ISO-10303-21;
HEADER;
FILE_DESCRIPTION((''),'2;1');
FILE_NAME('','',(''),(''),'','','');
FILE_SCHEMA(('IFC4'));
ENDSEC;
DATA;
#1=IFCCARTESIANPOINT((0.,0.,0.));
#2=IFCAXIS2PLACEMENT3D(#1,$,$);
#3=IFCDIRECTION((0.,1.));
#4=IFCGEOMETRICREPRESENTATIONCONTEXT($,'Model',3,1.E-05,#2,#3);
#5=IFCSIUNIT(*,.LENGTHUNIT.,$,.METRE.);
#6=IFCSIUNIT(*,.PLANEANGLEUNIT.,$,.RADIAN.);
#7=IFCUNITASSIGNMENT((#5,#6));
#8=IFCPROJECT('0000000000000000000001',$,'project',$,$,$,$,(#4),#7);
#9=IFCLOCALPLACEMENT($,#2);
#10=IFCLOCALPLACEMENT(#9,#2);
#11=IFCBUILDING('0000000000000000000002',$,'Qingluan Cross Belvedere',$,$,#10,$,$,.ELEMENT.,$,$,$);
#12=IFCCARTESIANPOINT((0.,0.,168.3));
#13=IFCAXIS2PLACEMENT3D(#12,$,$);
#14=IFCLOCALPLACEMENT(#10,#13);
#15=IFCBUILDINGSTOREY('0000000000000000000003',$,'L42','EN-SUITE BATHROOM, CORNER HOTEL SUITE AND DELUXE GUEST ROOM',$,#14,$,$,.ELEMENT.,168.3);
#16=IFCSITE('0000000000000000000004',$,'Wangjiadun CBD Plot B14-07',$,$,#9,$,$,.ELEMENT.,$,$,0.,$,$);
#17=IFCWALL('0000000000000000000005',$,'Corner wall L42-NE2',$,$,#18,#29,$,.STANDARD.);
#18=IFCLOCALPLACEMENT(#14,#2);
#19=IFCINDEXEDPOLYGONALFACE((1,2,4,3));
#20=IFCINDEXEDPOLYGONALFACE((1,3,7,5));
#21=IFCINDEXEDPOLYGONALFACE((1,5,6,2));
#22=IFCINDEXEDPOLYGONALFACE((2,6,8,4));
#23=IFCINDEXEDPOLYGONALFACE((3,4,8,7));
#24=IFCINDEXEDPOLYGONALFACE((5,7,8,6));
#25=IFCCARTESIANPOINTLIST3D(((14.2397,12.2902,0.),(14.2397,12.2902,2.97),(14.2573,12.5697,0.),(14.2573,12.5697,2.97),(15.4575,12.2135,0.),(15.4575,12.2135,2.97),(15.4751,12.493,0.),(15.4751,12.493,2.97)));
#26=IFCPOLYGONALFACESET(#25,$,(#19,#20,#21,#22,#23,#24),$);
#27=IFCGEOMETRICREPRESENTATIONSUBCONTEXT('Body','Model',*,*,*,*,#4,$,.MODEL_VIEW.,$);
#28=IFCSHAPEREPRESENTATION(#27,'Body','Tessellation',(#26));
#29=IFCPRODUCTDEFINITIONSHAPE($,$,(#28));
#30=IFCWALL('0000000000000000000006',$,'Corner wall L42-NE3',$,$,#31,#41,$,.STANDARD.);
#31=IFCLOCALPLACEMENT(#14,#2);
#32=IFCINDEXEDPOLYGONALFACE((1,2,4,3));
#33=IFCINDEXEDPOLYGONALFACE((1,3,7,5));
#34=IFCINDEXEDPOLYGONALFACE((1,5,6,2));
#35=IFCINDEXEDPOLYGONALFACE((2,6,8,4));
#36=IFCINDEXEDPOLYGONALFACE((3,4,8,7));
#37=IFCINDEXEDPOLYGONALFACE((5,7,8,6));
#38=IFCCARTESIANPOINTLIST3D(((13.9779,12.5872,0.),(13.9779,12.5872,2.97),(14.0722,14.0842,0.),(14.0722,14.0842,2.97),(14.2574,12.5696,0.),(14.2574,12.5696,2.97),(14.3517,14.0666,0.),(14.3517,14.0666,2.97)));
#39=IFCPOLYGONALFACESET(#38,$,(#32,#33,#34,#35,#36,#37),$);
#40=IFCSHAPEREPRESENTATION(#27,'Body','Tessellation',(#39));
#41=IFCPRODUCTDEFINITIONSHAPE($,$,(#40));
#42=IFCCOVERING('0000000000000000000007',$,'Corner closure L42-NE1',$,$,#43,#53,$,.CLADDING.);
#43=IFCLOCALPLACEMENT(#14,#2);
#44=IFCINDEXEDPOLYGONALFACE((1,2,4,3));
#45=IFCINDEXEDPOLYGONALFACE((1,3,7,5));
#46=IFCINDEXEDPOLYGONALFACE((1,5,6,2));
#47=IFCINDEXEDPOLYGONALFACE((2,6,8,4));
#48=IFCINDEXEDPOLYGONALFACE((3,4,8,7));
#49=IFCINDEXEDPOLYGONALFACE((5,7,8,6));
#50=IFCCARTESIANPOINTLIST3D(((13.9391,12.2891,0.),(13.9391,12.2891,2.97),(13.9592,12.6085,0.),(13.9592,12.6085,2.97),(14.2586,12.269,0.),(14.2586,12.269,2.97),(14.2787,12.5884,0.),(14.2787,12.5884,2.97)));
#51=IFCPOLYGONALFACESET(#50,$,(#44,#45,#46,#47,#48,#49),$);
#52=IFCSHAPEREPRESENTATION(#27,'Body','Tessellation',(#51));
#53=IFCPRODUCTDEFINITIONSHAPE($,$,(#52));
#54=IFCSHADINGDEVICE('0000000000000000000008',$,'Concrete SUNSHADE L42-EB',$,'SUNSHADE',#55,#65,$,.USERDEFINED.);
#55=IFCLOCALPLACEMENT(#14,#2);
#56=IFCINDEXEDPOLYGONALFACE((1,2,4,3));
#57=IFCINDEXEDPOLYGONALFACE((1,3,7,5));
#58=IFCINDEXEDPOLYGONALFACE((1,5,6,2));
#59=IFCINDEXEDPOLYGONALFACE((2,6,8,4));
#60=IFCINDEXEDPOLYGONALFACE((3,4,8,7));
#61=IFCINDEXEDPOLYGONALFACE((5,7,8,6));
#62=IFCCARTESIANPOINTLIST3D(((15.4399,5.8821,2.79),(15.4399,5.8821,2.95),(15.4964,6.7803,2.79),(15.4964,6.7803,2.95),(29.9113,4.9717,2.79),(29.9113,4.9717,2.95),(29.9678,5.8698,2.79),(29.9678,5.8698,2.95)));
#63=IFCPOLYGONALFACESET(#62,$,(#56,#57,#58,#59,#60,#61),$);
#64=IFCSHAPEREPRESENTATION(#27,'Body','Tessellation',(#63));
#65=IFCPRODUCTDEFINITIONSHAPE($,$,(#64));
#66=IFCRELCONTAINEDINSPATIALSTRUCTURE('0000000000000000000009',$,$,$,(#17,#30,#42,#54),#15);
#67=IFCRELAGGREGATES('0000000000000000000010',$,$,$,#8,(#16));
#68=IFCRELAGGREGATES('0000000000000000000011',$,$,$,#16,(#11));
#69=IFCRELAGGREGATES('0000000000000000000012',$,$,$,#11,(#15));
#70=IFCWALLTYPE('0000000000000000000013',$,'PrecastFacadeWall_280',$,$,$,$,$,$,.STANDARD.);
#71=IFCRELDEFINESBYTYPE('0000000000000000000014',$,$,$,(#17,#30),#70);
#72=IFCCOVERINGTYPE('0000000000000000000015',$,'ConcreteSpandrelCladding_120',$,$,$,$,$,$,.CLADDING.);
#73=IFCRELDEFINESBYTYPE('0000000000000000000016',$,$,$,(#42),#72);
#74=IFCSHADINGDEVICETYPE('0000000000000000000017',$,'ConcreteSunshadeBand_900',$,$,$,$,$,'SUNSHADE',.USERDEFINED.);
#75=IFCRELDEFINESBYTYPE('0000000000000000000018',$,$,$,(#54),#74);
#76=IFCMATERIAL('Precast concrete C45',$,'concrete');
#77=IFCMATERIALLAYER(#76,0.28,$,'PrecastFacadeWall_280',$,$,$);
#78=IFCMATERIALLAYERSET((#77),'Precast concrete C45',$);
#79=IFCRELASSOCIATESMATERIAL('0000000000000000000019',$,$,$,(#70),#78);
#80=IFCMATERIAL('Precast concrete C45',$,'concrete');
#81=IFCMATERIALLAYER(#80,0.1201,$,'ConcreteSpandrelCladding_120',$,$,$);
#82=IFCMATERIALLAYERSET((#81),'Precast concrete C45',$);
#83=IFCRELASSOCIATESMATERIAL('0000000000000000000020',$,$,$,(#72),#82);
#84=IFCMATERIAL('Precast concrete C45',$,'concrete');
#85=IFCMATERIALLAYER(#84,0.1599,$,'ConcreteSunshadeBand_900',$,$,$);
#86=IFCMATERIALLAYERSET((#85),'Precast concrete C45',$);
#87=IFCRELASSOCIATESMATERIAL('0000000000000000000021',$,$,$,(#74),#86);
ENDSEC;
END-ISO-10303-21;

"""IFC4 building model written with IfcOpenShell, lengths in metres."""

from ifc_helpers import new_model, si_unit, direction, frame, frame_2d, origin, origin_2d, place, context, subcontext, project, spatial, rectangle, extrude, material, layer, layer_set, type_object, element, save


model = new_model("IFC4")

# Units and contexts
model_context = context("Model", 3, precision=1e-05, world=origin(), true_north=direction((0.0, 1.0)))
body_context = subcontext(model_context, "Body", "Model", "MODEL_VIEW")
ifc_project = project(units=[si_unit("LENGTHUNIT", "METRE"), si_unit("PLANEANGLEUNIT", "RADIAN")], contexts=[model_context])

# Site, building, storey
site_placement = place(None, origin())
site = spatial("IfcSite", under=ifc_project, at=site_placement, Name="Wangjiadun CBD Plot B14-07", CompositionType="ELEMENT", RefElevation=0.0)
building_placement = place(site_placement, origin())
building = spatial("IfcBuilding", under=site, at=building_placement, Name="Qingluan Cross Belvedere", CompositionType="ELEMENT")
storey_placement = place(building_placement, frame((0.0, 0.0, 168.3)))
storey = spatial("IfcBuildingStorey", under=building, at=storey_placement, Name="L42", Description="EN-SUITE BATHROOM, CORNER HOTEL SUITE AND DELUXE GUEST ROOM", CompositionType="ELEMENT", Elevation=168.3)

# Shared definitions
ifc_material_1 = material(Name="Precast concrete C45", Category="concrete")
ifc_layer_1 = layer(ifc_material_1, 0.28, Name="PrecastFacadeWall_280")
ifc_layer_set_1 = layer_set([ifc_layer_1], Name="Precast concrete C45")
wall_type_1 = type_object("IfcWallType", Name="PrecastFacadeWall_280", PredefinedType="STANDARD", material=ifc_layer_set_1)

# Walls
wall_1_placement = place(storey_placement, frame((15.4663, 12.3533, 0.0), z_axis=(0.0, 0.0, 1.0), x_axis=(-0.998024, 0.062827, 0.0)))
element("IfcWall", 1, at=wall_1_placement, inside=storey, type_object=wall_type_1, Name="Corner wall L42-NE2", PredefinedType="STANDARD", context=body_context, shape_type="SweptSolid", body=[
    extrude(rectangle(XDim=1.2202, YDim=0.28, at=frame_2d((0.6101, 0.0))), origin(), (0.0, 0.0, 1.0), 2.97),
])
wall_2_placement = place(storey_placement, frame((14.1177, 12.5784, 0.0), z_axis=(0.0, 0.0, 1.0), x_axis=(0.062824, 0.998025, 0.0)))
element("IfcWall", 2, at=wall_2_placement, inside=storey, type_object=wall_type_1, Name="Corner wall L42-NE3", PredefinedType="STANDARD", context=body_context, shape_type="SweptSolid", body=[
    extrude(rectangle(XDim=1.5, YDim=0.28, at=frame_2d((0.75, 0.0))), origin(), (0.0, 0.0, 1.0), 2.97),
])

# Covering
ifc_material_2 = material(Name="Precast concrete C45", Category="concrete")
ifc_layer_2 = layer(ifc_material_2, 0.1201, Name="ConcreteSpandrelCladding_120")
ifc_layer_set_2 = layer_set([ifc_layer_2], Name="Precast concrete C45")
covering_type = type_object("IfcCoveringType", Name="ConcreteSpandrelCladding_120", PredefinedType="CLADDING", material=ifc_layer_set_2)
covering_placement = place(storey_placement, frame((14.1089, 12.4387, 0.0), z_axis=(0.0, 0.0, 1.0), x_axis=(0.998027, -0.062791, 0.0)))
element("IfcCovering", 3, at=covering_placement, inside=storey, type_object=covering_type, Name="Corner closure L42-NE1", PredefinedType="CLADDING", context=body_context, shape_type="SweptSolid", body=[
    extrude(rectangle(XDim=0.3201, YDim=0.3201, at=origin_2d()), origin(), (0.0, 0.0, 1.0), 2.97),
])

# Shading device
ifc_material_3 = material(Name="Precast concrete C45", Category="concrete")
ifc_layer_3 = layer(ifc_material_3, 0.1599, Name="ConcreteSunshadeBand_900")
ifc_layer_set_3 = layer_set([ifc_layer_3], Name="Precast concrete C45")
shading_device_type = type_object("IfcShadingDeviceType", Name="ConcreteSunshadeBand_900", ElementType="SUNSHADE", PredefinedType="USERDEFINED", material=ifc_layer_set_3)
shading_device_placement = place(storey_placement, frame((22.7039, 5.876, 2.79), z_axis=(0.0, 0.0, 1.0), x_axis=(-0.998027, 0.062789, 0.0)))
element("IfcShadingDevice", 4, at=shading_device_placement, inside=storey, type_object=shading_device_type, Name="Concrete SUNSHADE L42-EB", ObjectType="SUNSHADE", PredefinedType="USERDEFINED", context=body_context, shape_type="SweptSolid", body=[
    extrude(rectangle(XDim=14.5, YDim=0.8999, at=origin_2d()), origin(), (0.0, 0.0, 1.0), 0.1599),
])

save(model, "model.ifc")
